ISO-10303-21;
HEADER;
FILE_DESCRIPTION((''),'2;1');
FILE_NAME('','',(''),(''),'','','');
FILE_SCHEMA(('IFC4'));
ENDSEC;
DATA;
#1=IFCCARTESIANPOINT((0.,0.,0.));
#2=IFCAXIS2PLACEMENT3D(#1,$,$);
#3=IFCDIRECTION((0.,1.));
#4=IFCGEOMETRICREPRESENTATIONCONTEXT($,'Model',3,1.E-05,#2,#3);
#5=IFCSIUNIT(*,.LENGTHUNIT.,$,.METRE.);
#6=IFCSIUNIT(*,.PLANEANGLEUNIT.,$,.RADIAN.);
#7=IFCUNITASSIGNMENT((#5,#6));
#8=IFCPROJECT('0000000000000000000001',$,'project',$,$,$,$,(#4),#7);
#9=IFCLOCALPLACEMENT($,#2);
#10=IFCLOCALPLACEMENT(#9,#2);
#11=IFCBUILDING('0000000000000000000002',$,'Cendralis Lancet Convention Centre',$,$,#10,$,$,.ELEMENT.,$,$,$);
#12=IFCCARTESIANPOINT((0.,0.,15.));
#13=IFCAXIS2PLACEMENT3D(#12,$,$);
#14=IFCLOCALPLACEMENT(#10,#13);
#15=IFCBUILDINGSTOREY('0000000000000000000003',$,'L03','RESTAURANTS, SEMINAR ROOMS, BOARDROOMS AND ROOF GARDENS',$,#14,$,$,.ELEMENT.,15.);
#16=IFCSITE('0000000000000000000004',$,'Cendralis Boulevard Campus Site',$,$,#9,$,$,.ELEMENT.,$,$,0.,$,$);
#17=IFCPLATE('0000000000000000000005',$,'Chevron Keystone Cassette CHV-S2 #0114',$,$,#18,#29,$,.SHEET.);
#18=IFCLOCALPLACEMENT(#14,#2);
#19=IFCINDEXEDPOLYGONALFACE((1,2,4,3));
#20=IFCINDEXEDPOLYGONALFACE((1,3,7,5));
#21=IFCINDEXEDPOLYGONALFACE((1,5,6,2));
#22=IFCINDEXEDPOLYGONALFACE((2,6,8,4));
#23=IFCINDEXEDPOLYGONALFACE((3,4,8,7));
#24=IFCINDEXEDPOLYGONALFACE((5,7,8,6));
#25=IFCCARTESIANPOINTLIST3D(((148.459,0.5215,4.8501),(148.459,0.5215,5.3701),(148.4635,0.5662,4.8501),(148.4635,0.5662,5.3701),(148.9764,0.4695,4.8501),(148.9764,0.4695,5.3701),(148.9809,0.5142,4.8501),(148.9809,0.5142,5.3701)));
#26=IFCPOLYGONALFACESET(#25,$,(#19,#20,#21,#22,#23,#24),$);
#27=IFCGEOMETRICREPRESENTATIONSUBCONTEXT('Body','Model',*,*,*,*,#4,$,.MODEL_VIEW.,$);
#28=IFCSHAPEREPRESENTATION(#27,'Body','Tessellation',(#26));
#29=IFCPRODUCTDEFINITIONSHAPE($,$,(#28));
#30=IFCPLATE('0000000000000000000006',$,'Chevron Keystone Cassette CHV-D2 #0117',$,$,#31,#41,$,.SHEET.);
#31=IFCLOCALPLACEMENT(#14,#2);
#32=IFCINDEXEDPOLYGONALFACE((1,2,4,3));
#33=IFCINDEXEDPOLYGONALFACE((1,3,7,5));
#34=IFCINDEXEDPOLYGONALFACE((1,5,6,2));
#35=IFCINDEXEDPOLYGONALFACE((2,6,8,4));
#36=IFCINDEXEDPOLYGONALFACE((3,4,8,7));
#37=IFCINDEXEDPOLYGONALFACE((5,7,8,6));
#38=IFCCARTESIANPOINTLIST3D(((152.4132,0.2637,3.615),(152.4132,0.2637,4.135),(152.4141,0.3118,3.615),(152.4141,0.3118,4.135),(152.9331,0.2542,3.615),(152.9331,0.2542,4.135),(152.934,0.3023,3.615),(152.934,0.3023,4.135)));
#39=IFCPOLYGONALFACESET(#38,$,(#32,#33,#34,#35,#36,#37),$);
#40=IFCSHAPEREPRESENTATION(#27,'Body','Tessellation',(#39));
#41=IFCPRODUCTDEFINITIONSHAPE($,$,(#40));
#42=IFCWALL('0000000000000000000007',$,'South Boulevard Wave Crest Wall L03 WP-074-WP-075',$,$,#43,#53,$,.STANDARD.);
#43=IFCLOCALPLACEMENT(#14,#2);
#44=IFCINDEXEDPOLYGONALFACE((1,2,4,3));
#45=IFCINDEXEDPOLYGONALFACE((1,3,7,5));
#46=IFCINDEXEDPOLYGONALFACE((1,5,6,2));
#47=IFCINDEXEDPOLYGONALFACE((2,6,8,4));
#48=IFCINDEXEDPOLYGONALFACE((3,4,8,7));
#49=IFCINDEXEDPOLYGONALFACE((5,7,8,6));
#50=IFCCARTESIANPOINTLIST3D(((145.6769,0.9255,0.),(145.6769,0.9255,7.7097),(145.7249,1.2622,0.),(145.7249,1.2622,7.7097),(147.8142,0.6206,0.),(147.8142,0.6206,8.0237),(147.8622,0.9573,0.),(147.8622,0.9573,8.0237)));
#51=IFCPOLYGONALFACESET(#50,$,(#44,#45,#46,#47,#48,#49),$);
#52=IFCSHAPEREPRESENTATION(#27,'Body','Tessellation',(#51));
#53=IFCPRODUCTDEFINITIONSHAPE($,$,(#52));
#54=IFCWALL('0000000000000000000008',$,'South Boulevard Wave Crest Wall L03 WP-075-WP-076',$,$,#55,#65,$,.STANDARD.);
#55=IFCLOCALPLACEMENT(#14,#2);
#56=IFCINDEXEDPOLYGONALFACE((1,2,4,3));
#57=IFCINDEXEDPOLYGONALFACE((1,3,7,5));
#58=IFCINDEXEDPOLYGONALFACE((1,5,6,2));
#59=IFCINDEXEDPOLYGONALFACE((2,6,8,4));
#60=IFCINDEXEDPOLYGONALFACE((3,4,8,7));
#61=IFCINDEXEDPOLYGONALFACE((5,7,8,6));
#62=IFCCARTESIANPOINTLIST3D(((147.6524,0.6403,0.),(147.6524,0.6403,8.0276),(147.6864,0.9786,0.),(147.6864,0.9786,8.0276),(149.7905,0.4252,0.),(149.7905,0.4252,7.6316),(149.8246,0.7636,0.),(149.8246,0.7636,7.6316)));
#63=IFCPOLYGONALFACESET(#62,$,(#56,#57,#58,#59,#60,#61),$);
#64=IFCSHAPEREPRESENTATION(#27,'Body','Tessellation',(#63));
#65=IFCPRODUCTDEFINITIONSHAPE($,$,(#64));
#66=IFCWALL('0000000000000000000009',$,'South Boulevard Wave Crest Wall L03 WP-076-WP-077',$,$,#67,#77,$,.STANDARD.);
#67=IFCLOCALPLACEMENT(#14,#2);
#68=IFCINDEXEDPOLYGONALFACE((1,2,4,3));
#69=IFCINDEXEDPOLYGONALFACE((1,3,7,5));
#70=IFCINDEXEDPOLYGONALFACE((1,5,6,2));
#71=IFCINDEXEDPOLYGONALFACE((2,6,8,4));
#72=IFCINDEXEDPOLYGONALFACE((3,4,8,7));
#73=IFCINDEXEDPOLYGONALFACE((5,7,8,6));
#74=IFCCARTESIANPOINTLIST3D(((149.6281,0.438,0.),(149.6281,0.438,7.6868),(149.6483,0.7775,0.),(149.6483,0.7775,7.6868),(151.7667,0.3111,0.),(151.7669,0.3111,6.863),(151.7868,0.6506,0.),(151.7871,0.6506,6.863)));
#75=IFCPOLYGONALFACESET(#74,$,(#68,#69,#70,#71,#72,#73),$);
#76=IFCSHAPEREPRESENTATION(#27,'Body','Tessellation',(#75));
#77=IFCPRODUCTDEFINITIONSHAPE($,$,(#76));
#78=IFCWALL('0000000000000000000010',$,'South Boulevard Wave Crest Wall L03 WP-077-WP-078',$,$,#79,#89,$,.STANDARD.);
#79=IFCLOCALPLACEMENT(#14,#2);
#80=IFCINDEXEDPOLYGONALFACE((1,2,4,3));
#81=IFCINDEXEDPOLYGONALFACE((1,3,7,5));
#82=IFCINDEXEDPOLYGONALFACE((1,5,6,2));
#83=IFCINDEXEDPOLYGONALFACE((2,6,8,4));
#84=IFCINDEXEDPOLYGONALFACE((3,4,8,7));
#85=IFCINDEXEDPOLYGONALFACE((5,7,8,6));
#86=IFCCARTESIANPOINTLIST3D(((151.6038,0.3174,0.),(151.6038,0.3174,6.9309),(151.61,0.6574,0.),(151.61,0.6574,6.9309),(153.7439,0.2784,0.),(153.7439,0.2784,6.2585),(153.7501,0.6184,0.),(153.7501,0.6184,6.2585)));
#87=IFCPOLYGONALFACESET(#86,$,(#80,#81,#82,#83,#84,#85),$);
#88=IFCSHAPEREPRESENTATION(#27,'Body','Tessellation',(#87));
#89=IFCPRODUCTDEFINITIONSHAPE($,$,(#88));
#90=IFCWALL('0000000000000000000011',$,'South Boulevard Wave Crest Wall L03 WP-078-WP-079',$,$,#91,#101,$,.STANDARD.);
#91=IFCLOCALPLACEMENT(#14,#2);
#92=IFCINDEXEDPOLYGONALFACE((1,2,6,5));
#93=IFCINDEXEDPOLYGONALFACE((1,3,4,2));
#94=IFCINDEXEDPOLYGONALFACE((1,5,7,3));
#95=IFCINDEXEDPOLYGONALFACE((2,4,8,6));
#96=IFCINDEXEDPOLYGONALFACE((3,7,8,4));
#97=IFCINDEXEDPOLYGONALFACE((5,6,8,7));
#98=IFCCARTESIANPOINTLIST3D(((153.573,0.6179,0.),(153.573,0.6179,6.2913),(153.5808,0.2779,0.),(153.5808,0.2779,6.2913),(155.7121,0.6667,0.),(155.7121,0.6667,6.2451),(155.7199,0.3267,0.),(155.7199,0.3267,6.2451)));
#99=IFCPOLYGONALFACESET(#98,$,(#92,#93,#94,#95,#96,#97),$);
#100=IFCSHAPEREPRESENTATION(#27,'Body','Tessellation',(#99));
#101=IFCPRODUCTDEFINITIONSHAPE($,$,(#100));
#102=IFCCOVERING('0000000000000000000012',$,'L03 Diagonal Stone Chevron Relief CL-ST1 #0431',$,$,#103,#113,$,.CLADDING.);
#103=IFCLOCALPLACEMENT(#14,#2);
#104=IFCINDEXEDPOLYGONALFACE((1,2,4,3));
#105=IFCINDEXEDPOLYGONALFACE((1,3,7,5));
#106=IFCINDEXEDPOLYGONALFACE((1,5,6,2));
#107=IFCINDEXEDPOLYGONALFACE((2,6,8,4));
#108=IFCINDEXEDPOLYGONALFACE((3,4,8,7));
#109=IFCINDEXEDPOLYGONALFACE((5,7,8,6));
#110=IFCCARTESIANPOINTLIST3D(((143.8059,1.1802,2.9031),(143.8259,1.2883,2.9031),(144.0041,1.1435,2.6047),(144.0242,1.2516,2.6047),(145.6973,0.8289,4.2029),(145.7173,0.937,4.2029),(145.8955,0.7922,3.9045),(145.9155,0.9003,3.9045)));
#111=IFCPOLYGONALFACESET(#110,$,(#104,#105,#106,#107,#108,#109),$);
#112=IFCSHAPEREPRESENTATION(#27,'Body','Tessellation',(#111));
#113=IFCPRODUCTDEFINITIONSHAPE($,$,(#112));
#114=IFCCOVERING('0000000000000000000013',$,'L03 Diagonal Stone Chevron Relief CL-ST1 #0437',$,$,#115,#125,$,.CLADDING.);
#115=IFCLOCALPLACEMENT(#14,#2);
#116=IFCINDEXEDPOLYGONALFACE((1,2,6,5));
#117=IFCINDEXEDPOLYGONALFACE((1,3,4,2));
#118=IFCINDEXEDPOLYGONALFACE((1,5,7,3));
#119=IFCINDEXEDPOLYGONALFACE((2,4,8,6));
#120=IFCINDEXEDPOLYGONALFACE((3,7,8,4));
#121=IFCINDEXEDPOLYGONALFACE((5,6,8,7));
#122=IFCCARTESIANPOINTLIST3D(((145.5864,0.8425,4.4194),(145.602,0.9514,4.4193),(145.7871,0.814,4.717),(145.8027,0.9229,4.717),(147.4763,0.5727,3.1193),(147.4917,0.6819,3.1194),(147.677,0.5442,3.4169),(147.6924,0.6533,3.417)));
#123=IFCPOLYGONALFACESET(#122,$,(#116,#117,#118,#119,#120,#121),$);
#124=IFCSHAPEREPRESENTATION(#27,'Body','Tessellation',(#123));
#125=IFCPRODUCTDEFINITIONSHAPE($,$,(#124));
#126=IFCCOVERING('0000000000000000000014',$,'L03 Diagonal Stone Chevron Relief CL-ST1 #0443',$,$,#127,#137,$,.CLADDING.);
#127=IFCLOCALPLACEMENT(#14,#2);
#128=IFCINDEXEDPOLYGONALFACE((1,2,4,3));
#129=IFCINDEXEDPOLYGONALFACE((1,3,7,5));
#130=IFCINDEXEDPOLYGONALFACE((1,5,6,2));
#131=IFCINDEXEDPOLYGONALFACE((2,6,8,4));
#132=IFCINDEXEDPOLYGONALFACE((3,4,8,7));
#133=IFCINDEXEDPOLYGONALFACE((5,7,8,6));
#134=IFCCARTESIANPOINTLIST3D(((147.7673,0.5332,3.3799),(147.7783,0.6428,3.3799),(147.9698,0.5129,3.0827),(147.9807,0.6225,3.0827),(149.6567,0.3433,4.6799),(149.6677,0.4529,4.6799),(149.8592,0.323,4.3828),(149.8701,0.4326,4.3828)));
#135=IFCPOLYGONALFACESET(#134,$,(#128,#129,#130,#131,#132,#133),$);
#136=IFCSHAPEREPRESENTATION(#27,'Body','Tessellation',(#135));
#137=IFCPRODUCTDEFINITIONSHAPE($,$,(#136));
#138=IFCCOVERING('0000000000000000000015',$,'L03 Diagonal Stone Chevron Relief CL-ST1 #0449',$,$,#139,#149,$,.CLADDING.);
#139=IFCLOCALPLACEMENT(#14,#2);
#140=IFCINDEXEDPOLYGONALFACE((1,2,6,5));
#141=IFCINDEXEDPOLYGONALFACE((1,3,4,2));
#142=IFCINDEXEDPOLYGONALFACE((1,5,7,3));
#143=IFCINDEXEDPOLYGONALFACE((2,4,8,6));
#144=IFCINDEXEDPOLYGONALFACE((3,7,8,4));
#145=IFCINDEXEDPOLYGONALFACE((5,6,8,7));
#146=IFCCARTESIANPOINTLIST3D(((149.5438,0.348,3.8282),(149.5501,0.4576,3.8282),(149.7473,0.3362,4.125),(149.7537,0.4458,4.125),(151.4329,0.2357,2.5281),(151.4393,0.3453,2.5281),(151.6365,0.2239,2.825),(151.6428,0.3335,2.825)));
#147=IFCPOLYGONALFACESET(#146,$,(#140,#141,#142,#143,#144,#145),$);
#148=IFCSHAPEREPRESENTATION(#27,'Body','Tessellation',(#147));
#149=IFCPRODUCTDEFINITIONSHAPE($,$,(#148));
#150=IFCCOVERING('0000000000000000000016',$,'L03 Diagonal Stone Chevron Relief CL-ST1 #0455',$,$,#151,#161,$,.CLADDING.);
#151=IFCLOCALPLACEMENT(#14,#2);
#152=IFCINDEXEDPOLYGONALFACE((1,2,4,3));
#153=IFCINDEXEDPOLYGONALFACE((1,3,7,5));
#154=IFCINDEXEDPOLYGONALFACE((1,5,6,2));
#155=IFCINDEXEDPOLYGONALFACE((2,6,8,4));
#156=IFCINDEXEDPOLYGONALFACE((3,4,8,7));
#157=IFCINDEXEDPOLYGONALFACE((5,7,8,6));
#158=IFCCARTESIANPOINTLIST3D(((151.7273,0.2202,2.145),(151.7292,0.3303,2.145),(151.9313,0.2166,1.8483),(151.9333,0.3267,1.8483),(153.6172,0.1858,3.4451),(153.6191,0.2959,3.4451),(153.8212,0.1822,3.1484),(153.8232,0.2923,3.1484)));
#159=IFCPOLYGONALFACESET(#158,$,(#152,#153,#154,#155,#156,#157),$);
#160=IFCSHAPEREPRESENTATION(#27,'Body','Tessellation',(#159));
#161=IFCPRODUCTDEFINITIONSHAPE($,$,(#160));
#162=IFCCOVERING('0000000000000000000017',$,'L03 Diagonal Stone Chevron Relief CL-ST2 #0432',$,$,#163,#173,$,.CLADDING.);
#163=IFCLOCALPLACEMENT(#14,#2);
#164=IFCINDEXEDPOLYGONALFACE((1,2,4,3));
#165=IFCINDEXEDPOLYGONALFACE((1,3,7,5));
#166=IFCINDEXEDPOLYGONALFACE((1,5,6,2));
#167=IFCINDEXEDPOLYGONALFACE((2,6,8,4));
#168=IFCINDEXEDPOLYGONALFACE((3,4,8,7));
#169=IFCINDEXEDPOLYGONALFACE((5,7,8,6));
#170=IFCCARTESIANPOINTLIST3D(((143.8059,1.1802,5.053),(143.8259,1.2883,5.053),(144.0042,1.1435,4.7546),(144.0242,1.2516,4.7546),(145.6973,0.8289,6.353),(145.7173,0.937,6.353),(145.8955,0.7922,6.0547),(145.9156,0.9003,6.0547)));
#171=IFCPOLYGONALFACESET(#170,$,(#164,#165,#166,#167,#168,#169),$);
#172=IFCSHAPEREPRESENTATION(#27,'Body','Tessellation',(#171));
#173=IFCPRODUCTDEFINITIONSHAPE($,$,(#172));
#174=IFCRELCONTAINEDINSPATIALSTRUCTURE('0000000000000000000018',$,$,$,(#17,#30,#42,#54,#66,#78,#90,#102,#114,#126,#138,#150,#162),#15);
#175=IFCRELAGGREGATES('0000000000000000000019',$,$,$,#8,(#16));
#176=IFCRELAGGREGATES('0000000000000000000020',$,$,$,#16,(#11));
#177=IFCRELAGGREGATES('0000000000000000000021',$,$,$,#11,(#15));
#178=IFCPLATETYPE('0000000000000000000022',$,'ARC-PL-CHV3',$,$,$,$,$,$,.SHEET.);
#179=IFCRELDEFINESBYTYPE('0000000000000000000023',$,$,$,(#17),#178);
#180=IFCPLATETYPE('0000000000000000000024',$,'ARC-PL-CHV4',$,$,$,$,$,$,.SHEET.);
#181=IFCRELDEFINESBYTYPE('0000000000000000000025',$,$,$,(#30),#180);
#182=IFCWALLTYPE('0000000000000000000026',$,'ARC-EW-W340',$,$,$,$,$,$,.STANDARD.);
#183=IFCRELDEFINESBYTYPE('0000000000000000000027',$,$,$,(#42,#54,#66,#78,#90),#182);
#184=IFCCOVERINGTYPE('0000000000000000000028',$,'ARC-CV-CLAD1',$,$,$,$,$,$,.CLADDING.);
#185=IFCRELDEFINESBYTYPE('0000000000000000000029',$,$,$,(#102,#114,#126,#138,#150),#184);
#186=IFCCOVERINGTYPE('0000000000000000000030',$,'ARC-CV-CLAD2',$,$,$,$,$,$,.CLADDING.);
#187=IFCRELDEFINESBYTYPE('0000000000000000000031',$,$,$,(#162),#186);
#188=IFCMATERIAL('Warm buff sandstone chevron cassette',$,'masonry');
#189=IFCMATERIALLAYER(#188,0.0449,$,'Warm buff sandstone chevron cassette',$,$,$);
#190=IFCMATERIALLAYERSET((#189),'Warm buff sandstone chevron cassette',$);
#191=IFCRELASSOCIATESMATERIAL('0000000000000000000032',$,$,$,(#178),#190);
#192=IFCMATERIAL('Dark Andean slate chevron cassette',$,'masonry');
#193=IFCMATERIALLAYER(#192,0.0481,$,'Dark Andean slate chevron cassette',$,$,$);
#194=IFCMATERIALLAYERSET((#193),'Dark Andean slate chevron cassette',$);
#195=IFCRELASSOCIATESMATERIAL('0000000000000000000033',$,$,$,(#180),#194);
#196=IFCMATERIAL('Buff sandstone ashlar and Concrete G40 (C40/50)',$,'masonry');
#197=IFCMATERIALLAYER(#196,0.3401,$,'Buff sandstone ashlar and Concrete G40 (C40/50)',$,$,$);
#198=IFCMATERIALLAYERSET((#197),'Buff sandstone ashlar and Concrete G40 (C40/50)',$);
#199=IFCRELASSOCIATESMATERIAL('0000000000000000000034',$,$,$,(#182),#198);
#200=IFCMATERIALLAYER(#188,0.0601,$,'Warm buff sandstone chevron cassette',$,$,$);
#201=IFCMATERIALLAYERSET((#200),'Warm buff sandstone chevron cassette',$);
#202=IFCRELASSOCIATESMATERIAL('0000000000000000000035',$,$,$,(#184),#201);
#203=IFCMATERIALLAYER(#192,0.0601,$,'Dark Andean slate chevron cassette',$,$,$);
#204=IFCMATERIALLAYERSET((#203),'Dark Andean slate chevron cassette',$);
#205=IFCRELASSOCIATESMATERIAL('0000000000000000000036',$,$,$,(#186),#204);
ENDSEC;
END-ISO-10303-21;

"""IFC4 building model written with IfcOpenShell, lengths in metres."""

from ifc_helpers import new_model, si_unit, direction, frame, origin, origin_2d, place, context, subcontext, project, spatial, polyline, rectangle, outline, extrude, material, layer, layer_set, type_object, element, save


model = new_model("IFC4")

# Units and contexts
model_context = context("Model", 3, precision=1e-05, world=origin(), true_north=direction((0.0, 1.0)))
body_context = subcontext(model_context, "Body", "Model", "MODEL_VIEW")
ifc_project = project(units=[si_unit("LENGTHUNIT", "METRE"), si_unit("PLANEANGLEUNIT", "RADIAN")], contexts=[model_context])

# Site, building, storey
site_placement = place(None, origin())
site = spatial("IfcSite", under=ifc_project, at=site_placement, Name="Cendralis Boulevard Campus Site", CompositionType="ELEMENT", RefElevation=0.0)
building_placement = place(site_placement, origin())
building = spatial("IfcBuilding", under=site, at=building_placement, Name="Cendralis Lancet Convention Centre", CompositionType="ELEMENT")
storey_placement = place(building_placement, frame((0.0, 0.0, 15.0)))
storey = spatial("IfcBuildingStorey", under=building, at=storey_placement, Name="L03", Description="RESTAURANTS, SEMINAR ROOMS, BOARDROOMS AND ROOF GARDENS", CompositionType="ELEMENT", Elevation=15.0)

# Plates
ifc_material_1 = material(Name="Dark Andean slate chevron cassette", Category="masonry")
ifc_material_2 = material(Name="Warm buff sandstone chevron cassette", Category="masonry")
ifc_layer_1 = layer(ifc_material_2, 0.0449, Name="Warm buff sandstone chevron cassette")
ifc_layer_set_1 = layer_set([ifc_layer_1], Name="Warm buff sandstone chevron cassette")
plate_type_1 = type_object("IfcPlateType", Name="ARC-PL-CHV3", PredefinedType="SHEET", material=ifc_layer_set_1)
plate_1_placement = place(storey_placement, frame((148.72, 0.5178, 4.8501), z_axis=(0.0, 0.0, 1.0), x_axis=(0.994982, -0.100049, 0.0)))
element("IfcPlate", 1, at=plate_1_placement, inside=storey, type_object=plate_type_1, Name="Chevron Keystone Cassette CHV-S2 #0114", PredefinedType="SHEET", context=body_context, shape_type="SweptSolid", body=[
    extrude(rectangle(XDim=0.52, YDim=0.0449, at=origin_2d()), origin(), (0.0, 0.0, 1.0), 0.52),
])
ifc_layer_2 = layer(ifc_material_1, 0.0481, Name="Dark Andean slate chevron cassette")
ifc_layer_set_2 = layer_set([ifc_layer_2], Name="Dark Andean slate chevron cassette")
plate_type_2 = type_object("IfcPlateType", Name="ARC-PL-CHV4", PredefinedType="SHEET", material=ifc_layer_set_2)
plate_2_placement = place(storey_placement, frame((152.6736, 0.283, 3.615), z_axis=(0.0, 0.0, 1.0), x_axis=(0.999833, -0.018273, 0.0)))
element("IfcPlate", 2, at=plate_2_placement, inside=storey, type_object=plate_type_2, Name="Chevron Keystone Cassette CHV-D2 #0117", PredefinedType="SHEET", context=body_context, shape_type="SweptSolid", body=[
    extrude(rectangle(XDim=0.52, YDim=0.0481, at=origin_2d()), origin(), (0.0, 0.0, 1.0), 0.52),
])

# Walls
ifc_material_3 = material(Name="Buff sandstone ashlar and Concrete G40 (C40/50)", Category="masonry")
ifc_layer_3 = layer(ifc_material_3, 0.3401, Name="Buff sandstone ashlar and Concrete G40 (C40/50)")
ifc_layer_set_3 = layer_set([ifc_layer_3], Name="Buff sandstone ashlar and Concrete G40 (C40/50)")
wall_type = type_object("IfcWallType", Name="ARC-EW-W340", PredefinedType="STANDARD", material=ifc_layer_set_3)
wall_1_placement = place(storey_placement, frame((145.7009, 1.094, 0.0), z_axis=(0.0, 0.0, 1.0), x_axis=(0.989974, -0.141247, 0.0)))
element("IfcWall", 3, at=wall_1_placement, inside=storey, type_object=wall_type, Name="South Boulevard Wave Crest Wall L03 WP-074-WP-075", PredefinedType="STANDARD", context=body_context, shape_type="SweptSolid", body=[
    extrude(outline(polyline([(0.0, 0.0), (2.1589, 0.0), (2.1589, 8.0237), (0.0, 7.7097), (0.0, 0.0)])), frame((0.0, 0.1699, 0.0), z_axis=(0.0, -1.0, 0.0), x_axis=(1.0, 0.0, 0.0)), (0.0, 0.0, 1.0), 0.3401),
])
wall_2_placement = place(storey_placement, frame((147.6694, 0.8096, 0.0), z_axis=(0.0, 0.0, 1.0), x_axis=(0.994979, -0.100089, 0.0)))
element("IfcWall", 4, at=wall_2_placement, inside=storey, type_object=wall_type, Name="South Boulevard Wave Crest Wall L03 WP-075-WP-076", PredefinedType="STANDARD", context=body_context, shape_type="SweptSolid", body=[
    extrude(outline(polyline([(0.0, 0.0), (2.1489, 0.0), (2.1489, 7.6316), (0.0, 8.0276), (0.0, 0.0)])), frame((0.0, 0.1699, 0.0), z_axis=(0.0, -1.0, 0.0), x_axis=(1.0, 0.0, 0.0)), (0.0, 0.0, 1.0), 0.3401),
])
wall_3_placement = place(storey_placement, frame((149.6382, 0.6079, 0.0), z_axis=(0.0, 0.0, 1.0), x_axis=(0.998243, -0.059256, 0.0)))
element("IfcWall", 5, at=wall_3_placement, inside=storey, type_object=wall_type, Name="South Boulevard Wave Crest Wall L03 WP-076-WP-077", PredefinedType="STANDARD", context=body_context, shape_type="SweptSolid", body=[
    extrude(outline(polyline([(0.0, 0.0), (2.1423, 0.0), (2.1426, 6.863), (0.0, 7.6868), (0.0, 0.0)])), frame((0.0, 0.1699, 0.0), z_axis=(0.0, -1.0, 0.0), x_axis=(1.0, 0.0, 0.0)), (0.0, 0.0, 1.0), 0.3401),
])
wall_4_placement = place(storey_placement, frame((151.6069, 0.4875, 0.0), z_axis=(0.0, 0.0, 1.0), x_axis=(0.999833, -0.018249, 0.0)))
element("IfcWall", 6, at=wall_4_placement, inside=storey, type_object=wall_type, Name="South Boulevard Wave Crest Wall L03 WP-077-WP-078", PredefinedType="STANDARD", context=body_context, shape_type="SweptSolid", body=[
    extrude(outline(polyline([(0.0, 0.0), (2.1404, 0.0), (2.1404, 6.2585), (0.0, 6.9309), (0.0, 0.0)])), frame((0.0, 0.1699, 0.0), z_axis=(0.0, -1.0, 0.0), x_axis=(1.0, 0.0, 0.0)), (0.0, 0.0, 1.0), 0.3401),
])
wall_5_placement = place(storey_placement, frame((153.5769, 0.448, 0.0), z_axis=(0.0, 0.0, 1.0), x_axis=(0.99974, 0.02282, 0.0)))
element("IfcWall", 7, at=wall_5_placement, inside=storey, type_object=wall_type, Name="South Boulevard Wave Crest Wall L03 WP-078-WP-079", PredefinedType="STANDARD", context=body_context, shape_type="SweptSolid", body=[
    extrude(outline(polyline([(0.0, 0.0), (2.1396, 0.0), (2.1396, 6.2451), (0.0, 6.2913), (0.0, 0.0)])), frame((0.0, 0.1699, 0.0), z_axis=(0.0, -1.0, 0.0), x_axis=(1.0, 0.0, 0.0)), (0.0, 0.0, 1.0), 0.3401),
])

# Coverings
ifc_layer_4 = layer(ifc_material_2, 0.0601, Name="Warm buff sandstone chevron cassette")
ifc_layer_set_4 = layer_set([ifc_layer_4], Name="Warm buff sandstone chevron cassette")
covering_type_1 = type_object("IfcCoveringType", Name="ARC-CV-CLAD1", PredefinedType="CLADDING", material=ifc_layer_set_4)
covering_1_placement = place(storey_placement, frame((143.8059, 1.1802, 2.9031), z_axis=(-0.550506, 0.1019, 0.828589), x_axis=(0.814654, -0.151321, 0.559858)))
element("IfcCovering", 8, at=covering_1_placement, inside=storey, type_object=covering_type_1, Name="L03 Diagonal Stone Chevron Relief CL-ST1 #0431", PredefinedType="CLADDING", context=body_context, shape_type="SweptSolid", body=[
    extrude(outline(polyline([(0.0, 0.0), (2.3217, 0.0), (2.3216, 0.11), (-0.0001, 0.11), (0.0, 0.0)])), origin(), (0.0, 0.0, -1.0), 0.3601),
])
covering_2_placement = place(storey_placement, frame((145.7871, 0.814, 4.717), z_axis=(0.557291, -0.079256, 0.826526), x_axis=(0.818232, -0.1168, -0.562899)))
element("IfcCovering", 9, at=covering_2_placement, inside=storey, type_object=covering_type_1, Name="L03 Diagonal Stone Chevron Relief CL-ST1 #0437", PredefinedType="CLADDING", context=body_context, shape_type="SweptSolid", body=[
    extrude(outline(polyline([(0.0, 0.0), (2.3097, 0.0), (2.3095, 0.1102), (0.0001, 0.11), (0.0, 0.0)])), origin(), (0.0, 0.0, -1.0), 0.3601),
])
covering_3_placement = place(storey_placement, frame((147.7673, 0.5332, 3.3799), z_axis=(-0.5621, 0.056335, 0.825149), x_axis=(0.821011, -0.082536, 0.564915)))
element("IfcCovering", 10, at=covering_3_placement, inside=storey, type_object=covering_type_1, Name="L03 Diagonal Stone Chevron Relief CL-ST1 #0443", PredefinedType="CLADDING", context=body_context, shape_type="SweptSolid", body=[
    extrude(outline(polyline([(0.0, 0.0), (2.3013, 0.0), (2.3013, 0.1102), (0.0, 0.1102), (0.0, 0.0)])), origin(), (0.0, 0.0, -1.0), 0.3601),
])
covering_4_placement = place(storey_placement, frame((149.7473, 0.3362, 4.125), z_axis=(0.565274, -0.032733, 0.824253), x_axis=(0.822801, -0.048913, -0.566221)))
element("IfcCovering", 11, at=covering_4_placement, inside=storey, type_object=covering_type_1, Name="L03 Diagonal Stone Chevron Relief CL-ST1 #0449", PredefinedType="CLADDING", context=body_context, shape_type="SweptSolid", body=[
    extrude(outline(polyline([(0.0, 0.0), (2.296, 0.0), (2.2959, 0.1098), (-0.0001, 0.1098), (0.0, 0.0)])), origin(), (0.0, 0.0, -1.0), 0.3601),
])
covering_5_placement = place(storey_placement, frame((151.7273, 0.2202, 2.145), z_axis=(-0.566597, 0.010051, 0.823934), x_axis=(0.823797, -0.015005, 0.566686)))
element("IfcCovering", 12, at=covering_5_placement, inside=storey, type_object=covering_type_1, Name="L03 Diagonal Stone Chevron Relief CL-ST1 #0455", PredefinedType="CLADDING", context=body_context, shape_type="SweptSolid", body=[
    extrude(outline(polyline([(0.0, 0.0), (2.2941, 0.0), (2.2941, 0.1101), (0.0, 0.1101), (0.0, 0.0)])), origin(), (0.0, 0.0, -1.0), 0.3601),
])
ifc_layer_5 = layer(ifc_material_1, 0.0601, Name="Dark Andean slate chevron cassette")
ifc_layer_set_5 = layer_set([ifc_layer_5], Name="Dark Andean slate chevron cassette")
covering_type_2 = type_object("IfcCoveringType", Name="ARC-CV-CLAD2", PredefinedType="CLADDING", material=ifc_layer_set_5)
covering_6_placement = place(storey_placement, frame((143.8059, 1.1802, 5.053), z_axis=(-0.550577, 0.101913, 0.82854), x_axis=(0.814606, -0.151313, 0.55993)))
element("IfcCovering", 13, at=covering_6_placement, inside=storey, type_object=covering_type_2, Name="L03 Diagonal Stone Chevron Relief CL-ST2 #0432", PredefinedType="CLADDING", context=body_context, shape_type="SweptSolid", body=[
    extrude(outline(polyline([(0.0, 0.0), (2.3218, 0.0), (2.3217, 0.11), (-0.0001, 0.11), (0.0, 0.0)])), origin(), (0.0, 0.0, -1.0), 0.3601),
])

save(model, "model.ifc")
